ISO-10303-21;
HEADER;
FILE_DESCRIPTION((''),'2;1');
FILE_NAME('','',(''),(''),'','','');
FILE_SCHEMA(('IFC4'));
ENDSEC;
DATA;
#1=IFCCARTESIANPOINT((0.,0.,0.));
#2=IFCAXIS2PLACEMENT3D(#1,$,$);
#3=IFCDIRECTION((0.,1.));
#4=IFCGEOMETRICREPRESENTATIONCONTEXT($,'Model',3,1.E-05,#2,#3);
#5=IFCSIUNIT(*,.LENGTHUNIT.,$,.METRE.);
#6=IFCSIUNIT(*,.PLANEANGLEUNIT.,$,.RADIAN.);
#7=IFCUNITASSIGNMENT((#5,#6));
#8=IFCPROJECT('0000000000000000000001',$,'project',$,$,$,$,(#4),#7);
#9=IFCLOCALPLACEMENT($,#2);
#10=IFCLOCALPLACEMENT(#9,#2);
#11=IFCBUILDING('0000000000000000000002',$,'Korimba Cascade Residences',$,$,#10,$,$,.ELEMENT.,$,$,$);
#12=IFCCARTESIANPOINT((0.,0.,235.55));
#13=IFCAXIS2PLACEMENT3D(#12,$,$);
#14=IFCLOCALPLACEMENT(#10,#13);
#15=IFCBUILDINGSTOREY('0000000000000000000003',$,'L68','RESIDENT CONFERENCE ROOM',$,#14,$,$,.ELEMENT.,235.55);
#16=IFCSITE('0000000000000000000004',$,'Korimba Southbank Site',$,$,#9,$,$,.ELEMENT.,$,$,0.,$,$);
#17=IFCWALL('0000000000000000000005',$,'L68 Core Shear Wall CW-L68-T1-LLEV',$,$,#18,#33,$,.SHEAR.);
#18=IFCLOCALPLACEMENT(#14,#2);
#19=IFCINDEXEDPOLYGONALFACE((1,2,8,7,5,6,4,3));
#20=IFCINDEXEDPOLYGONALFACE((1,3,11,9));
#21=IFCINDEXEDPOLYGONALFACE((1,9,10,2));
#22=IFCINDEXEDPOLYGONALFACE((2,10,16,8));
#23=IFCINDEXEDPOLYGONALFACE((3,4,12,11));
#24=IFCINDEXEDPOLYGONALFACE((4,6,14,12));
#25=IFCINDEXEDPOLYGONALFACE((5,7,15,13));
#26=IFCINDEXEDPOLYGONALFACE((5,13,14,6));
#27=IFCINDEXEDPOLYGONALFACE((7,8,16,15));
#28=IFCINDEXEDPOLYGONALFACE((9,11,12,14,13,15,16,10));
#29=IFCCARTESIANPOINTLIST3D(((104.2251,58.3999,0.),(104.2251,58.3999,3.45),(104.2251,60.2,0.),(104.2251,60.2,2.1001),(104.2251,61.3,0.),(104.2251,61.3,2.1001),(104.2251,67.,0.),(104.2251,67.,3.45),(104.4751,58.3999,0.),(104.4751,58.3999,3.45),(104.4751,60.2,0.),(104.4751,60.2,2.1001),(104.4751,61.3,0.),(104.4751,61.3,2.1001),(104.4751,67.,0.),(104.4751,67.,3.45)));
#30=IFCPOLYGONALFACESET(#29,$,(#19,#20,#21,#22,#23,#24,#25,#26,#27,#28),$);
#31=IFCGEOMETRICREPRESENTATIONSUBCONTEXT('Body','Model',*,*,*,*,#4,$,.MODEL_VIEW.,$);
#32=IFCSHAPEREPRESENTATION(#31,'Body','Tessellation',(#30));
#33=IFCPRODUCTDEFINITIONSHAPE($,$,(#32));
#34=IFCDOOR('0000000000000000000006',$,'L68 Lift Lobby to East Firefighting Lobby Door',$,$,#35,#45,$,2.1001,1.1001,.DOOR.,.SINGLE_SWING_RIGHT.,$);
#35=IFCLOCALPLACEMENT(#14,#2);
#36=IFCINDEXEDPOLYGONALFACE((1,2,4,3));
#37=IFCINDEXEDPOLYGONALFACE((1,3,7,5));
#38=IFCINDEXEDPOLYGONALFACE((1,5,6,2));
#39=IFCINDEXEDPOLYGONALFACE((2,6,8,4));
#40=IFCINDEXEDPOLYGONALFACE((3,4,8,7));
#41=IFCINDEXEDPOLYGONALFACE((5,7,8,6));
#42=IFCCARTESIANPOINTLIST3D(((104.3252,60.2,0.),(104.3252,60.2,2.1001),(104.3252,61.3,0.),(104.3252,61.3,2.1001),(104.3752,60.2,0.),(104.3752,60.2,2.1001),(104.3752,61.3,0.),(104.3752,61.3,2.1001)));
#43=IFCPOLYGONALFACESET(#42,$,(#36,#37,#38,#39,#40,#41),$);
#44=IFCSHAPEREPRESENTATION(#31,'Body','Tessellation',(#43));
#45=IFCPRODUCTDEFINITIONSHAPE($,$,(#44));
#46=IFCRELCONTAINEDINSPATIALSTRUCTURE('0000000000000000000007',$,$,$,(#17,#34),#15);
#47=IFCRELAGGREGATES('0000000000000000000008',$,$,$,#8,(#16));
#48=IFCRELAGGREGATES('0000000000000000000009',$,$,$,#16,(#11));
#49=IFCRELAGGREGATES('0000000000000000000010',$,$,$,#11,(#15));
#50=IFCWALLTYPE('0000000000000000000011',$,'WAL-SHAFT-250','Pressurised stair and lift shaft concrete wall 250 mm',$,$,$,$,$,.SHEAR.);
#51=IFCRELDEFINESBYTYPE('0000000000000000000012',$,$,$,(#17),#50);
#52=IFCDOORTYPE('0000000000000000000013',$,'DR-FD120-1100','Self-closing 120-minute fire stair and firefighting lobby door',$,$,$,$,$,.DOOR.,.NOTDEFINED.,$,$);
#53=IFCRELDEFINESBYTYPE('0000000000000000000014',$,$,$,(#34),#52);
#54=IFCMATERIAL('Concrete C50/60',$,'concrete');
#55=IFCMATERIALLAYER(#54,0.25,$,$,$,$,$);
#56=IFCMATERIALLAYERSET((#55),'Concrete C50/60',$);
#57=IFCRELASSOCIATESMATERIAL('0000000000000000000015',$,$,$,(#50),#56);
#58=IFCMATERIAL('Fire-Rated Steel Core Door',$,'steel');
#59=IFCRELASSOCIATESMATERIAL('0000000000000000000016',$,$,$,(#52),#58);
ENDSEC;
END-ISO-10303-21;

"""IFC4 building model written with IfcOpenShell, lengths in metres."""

from ifc_helpers import new_model, si_unit, direction, frame, frame_2d, origin, place, context, subcontext, project, spatial, rectangle, extrude, material, layer, layer_set, type_object, element, fill, save


model = new_model("IFC4")

# Units and contexts
model_context = context("Model", 3, precision=1e-05, world=origin(), true_north=direction((0.0, 1.0)))
body_context = subcontext(model_context, "Body", "Model", "MODEL_VIEW")
ifc_project = project(units=[si_unit("LENGTHUNIT", "METRE"), si_unit("PLANEANGLEUNIT", "RADIAN")], contexts=[model_context])

# Site, building, storey
site_placement = place(None, origin())
site = spatial("IfcSite", under=ifc_project, at=site_placement, Name="Korimba Southbank Site", CompositionType="ELEMENT", RefElevation=0.0)
building_placement = place(site_placement, origin())
building = spatial("IfcBuilding", under=site, at=building_placement, Name="Korimba Cascade Residences", CompositionType="ELEMENT")
storey_placement = place(building_placement, frame((0.0, 0.0, 235.55)))
storey = spatial("IfcBuildingStorey", under=building, at=storey_placement, Name="L68", Description="RESIDENT CONFERENCE ROOM", CompositionType="ELEMENT", Elevation=235.55)

# Shared definitions
ifc_material_1 = material(Name="Concrete C50/60", Category="concrete")

# Shared definitions
ifc_layer_1 = layer(ifc_material_1, 0.25)
ifc_layer_set_1 = layer_set([ifc_layer_1], Name="Concrete C50/60")
wall_type_1 = type_object("IfcWallType", Name="WAL-SHAFT-250", Description="Pressurised stair and lift shaft concrete wall 250 mm", PredefinedType="SHEAR", material=ifc_layer_set_1)

# Wall, opening, door
wall_1_placement = place(storey_placement, frame((104.3501, 58.3999, 0.0), z_axis=(0.0, 0.0, 1.0), x_axis=(0.0, 1.0, 0.0)))
wall_1 = element("IfcWall", 1, at=wall_1_placement, inside=storey, type_object=wall_type_1, Name="L68 Core Shear Wall CW-L68-T1-LLEV", PredefinedType="SHEAR", context=body_context, shape_type="SweptSolid", body=[
    extrude(rectangle(XDim=8.6001, YDim=0.25, at=frame_2d((4.3, 0.0))), origin(), (0.0, 0.0, 1.0), 3.45),
])
opening_1_placement = place(wall_1_placement, frame((1.8, 0.0, 0.0)))
opening_1 = element("IfcOpeningElement", 2, at=opening_1_placement, cuts=wall_1, PredefinedType="OPENING", context=body_context, shape_type="SweptSolid", body=[
    extrude(rectangle(XDim=1.1001, YDim=2.1001, at=frame_2d((0.55, 1.05))), frame((0.0, 0.135, 0.0), z_axis=(0.0, -1.0, 0.0), x_axis=(1.0, 0.0, 0.0)), (0.0, 0.0, 1.0), 0.27),
])
ifc_material_2 = material(Name="Fire-Rated Steel Core Door", Category="steel")
door_type_1 = type_object("IfcDoorType", Name="DR-FD120-1100", Description="Self-closing 120-minute fire stair and firefighting lobby door", OperationType="NOTDEFINED", PredefinedType="DOOR", material=ifc_material_2)
door_1_placement = place(opening_1_placement, origin())
door_1 = element("IfcDoor", 3, at=door_1_placement, inside=storey, type_object=door_type_1, Name="L68 Lift Lobby to East Firefighting Lobby Door", OperationType="SINGLE_SWING_RIGHT", OverallHeight=2.1001, OverallWidth=1.1001, PredefinedType="DOOR", context=body_context, shape_type="SweptSolid", body=[
    extrude(rectangle(XDim=1.1001, YDim=2.1001, at=frame_2d((0.55, 1.05))), frame((0.0, 0.0249, 0.0), z_axis=(0.0, -1.0, 0.0), x_axis=(1.0, 0.0, 0.0)), (0.0, 0.0, 1.0), 0.05),
])
fill(opening_1, door_1)

save(model, "model.ifc")
